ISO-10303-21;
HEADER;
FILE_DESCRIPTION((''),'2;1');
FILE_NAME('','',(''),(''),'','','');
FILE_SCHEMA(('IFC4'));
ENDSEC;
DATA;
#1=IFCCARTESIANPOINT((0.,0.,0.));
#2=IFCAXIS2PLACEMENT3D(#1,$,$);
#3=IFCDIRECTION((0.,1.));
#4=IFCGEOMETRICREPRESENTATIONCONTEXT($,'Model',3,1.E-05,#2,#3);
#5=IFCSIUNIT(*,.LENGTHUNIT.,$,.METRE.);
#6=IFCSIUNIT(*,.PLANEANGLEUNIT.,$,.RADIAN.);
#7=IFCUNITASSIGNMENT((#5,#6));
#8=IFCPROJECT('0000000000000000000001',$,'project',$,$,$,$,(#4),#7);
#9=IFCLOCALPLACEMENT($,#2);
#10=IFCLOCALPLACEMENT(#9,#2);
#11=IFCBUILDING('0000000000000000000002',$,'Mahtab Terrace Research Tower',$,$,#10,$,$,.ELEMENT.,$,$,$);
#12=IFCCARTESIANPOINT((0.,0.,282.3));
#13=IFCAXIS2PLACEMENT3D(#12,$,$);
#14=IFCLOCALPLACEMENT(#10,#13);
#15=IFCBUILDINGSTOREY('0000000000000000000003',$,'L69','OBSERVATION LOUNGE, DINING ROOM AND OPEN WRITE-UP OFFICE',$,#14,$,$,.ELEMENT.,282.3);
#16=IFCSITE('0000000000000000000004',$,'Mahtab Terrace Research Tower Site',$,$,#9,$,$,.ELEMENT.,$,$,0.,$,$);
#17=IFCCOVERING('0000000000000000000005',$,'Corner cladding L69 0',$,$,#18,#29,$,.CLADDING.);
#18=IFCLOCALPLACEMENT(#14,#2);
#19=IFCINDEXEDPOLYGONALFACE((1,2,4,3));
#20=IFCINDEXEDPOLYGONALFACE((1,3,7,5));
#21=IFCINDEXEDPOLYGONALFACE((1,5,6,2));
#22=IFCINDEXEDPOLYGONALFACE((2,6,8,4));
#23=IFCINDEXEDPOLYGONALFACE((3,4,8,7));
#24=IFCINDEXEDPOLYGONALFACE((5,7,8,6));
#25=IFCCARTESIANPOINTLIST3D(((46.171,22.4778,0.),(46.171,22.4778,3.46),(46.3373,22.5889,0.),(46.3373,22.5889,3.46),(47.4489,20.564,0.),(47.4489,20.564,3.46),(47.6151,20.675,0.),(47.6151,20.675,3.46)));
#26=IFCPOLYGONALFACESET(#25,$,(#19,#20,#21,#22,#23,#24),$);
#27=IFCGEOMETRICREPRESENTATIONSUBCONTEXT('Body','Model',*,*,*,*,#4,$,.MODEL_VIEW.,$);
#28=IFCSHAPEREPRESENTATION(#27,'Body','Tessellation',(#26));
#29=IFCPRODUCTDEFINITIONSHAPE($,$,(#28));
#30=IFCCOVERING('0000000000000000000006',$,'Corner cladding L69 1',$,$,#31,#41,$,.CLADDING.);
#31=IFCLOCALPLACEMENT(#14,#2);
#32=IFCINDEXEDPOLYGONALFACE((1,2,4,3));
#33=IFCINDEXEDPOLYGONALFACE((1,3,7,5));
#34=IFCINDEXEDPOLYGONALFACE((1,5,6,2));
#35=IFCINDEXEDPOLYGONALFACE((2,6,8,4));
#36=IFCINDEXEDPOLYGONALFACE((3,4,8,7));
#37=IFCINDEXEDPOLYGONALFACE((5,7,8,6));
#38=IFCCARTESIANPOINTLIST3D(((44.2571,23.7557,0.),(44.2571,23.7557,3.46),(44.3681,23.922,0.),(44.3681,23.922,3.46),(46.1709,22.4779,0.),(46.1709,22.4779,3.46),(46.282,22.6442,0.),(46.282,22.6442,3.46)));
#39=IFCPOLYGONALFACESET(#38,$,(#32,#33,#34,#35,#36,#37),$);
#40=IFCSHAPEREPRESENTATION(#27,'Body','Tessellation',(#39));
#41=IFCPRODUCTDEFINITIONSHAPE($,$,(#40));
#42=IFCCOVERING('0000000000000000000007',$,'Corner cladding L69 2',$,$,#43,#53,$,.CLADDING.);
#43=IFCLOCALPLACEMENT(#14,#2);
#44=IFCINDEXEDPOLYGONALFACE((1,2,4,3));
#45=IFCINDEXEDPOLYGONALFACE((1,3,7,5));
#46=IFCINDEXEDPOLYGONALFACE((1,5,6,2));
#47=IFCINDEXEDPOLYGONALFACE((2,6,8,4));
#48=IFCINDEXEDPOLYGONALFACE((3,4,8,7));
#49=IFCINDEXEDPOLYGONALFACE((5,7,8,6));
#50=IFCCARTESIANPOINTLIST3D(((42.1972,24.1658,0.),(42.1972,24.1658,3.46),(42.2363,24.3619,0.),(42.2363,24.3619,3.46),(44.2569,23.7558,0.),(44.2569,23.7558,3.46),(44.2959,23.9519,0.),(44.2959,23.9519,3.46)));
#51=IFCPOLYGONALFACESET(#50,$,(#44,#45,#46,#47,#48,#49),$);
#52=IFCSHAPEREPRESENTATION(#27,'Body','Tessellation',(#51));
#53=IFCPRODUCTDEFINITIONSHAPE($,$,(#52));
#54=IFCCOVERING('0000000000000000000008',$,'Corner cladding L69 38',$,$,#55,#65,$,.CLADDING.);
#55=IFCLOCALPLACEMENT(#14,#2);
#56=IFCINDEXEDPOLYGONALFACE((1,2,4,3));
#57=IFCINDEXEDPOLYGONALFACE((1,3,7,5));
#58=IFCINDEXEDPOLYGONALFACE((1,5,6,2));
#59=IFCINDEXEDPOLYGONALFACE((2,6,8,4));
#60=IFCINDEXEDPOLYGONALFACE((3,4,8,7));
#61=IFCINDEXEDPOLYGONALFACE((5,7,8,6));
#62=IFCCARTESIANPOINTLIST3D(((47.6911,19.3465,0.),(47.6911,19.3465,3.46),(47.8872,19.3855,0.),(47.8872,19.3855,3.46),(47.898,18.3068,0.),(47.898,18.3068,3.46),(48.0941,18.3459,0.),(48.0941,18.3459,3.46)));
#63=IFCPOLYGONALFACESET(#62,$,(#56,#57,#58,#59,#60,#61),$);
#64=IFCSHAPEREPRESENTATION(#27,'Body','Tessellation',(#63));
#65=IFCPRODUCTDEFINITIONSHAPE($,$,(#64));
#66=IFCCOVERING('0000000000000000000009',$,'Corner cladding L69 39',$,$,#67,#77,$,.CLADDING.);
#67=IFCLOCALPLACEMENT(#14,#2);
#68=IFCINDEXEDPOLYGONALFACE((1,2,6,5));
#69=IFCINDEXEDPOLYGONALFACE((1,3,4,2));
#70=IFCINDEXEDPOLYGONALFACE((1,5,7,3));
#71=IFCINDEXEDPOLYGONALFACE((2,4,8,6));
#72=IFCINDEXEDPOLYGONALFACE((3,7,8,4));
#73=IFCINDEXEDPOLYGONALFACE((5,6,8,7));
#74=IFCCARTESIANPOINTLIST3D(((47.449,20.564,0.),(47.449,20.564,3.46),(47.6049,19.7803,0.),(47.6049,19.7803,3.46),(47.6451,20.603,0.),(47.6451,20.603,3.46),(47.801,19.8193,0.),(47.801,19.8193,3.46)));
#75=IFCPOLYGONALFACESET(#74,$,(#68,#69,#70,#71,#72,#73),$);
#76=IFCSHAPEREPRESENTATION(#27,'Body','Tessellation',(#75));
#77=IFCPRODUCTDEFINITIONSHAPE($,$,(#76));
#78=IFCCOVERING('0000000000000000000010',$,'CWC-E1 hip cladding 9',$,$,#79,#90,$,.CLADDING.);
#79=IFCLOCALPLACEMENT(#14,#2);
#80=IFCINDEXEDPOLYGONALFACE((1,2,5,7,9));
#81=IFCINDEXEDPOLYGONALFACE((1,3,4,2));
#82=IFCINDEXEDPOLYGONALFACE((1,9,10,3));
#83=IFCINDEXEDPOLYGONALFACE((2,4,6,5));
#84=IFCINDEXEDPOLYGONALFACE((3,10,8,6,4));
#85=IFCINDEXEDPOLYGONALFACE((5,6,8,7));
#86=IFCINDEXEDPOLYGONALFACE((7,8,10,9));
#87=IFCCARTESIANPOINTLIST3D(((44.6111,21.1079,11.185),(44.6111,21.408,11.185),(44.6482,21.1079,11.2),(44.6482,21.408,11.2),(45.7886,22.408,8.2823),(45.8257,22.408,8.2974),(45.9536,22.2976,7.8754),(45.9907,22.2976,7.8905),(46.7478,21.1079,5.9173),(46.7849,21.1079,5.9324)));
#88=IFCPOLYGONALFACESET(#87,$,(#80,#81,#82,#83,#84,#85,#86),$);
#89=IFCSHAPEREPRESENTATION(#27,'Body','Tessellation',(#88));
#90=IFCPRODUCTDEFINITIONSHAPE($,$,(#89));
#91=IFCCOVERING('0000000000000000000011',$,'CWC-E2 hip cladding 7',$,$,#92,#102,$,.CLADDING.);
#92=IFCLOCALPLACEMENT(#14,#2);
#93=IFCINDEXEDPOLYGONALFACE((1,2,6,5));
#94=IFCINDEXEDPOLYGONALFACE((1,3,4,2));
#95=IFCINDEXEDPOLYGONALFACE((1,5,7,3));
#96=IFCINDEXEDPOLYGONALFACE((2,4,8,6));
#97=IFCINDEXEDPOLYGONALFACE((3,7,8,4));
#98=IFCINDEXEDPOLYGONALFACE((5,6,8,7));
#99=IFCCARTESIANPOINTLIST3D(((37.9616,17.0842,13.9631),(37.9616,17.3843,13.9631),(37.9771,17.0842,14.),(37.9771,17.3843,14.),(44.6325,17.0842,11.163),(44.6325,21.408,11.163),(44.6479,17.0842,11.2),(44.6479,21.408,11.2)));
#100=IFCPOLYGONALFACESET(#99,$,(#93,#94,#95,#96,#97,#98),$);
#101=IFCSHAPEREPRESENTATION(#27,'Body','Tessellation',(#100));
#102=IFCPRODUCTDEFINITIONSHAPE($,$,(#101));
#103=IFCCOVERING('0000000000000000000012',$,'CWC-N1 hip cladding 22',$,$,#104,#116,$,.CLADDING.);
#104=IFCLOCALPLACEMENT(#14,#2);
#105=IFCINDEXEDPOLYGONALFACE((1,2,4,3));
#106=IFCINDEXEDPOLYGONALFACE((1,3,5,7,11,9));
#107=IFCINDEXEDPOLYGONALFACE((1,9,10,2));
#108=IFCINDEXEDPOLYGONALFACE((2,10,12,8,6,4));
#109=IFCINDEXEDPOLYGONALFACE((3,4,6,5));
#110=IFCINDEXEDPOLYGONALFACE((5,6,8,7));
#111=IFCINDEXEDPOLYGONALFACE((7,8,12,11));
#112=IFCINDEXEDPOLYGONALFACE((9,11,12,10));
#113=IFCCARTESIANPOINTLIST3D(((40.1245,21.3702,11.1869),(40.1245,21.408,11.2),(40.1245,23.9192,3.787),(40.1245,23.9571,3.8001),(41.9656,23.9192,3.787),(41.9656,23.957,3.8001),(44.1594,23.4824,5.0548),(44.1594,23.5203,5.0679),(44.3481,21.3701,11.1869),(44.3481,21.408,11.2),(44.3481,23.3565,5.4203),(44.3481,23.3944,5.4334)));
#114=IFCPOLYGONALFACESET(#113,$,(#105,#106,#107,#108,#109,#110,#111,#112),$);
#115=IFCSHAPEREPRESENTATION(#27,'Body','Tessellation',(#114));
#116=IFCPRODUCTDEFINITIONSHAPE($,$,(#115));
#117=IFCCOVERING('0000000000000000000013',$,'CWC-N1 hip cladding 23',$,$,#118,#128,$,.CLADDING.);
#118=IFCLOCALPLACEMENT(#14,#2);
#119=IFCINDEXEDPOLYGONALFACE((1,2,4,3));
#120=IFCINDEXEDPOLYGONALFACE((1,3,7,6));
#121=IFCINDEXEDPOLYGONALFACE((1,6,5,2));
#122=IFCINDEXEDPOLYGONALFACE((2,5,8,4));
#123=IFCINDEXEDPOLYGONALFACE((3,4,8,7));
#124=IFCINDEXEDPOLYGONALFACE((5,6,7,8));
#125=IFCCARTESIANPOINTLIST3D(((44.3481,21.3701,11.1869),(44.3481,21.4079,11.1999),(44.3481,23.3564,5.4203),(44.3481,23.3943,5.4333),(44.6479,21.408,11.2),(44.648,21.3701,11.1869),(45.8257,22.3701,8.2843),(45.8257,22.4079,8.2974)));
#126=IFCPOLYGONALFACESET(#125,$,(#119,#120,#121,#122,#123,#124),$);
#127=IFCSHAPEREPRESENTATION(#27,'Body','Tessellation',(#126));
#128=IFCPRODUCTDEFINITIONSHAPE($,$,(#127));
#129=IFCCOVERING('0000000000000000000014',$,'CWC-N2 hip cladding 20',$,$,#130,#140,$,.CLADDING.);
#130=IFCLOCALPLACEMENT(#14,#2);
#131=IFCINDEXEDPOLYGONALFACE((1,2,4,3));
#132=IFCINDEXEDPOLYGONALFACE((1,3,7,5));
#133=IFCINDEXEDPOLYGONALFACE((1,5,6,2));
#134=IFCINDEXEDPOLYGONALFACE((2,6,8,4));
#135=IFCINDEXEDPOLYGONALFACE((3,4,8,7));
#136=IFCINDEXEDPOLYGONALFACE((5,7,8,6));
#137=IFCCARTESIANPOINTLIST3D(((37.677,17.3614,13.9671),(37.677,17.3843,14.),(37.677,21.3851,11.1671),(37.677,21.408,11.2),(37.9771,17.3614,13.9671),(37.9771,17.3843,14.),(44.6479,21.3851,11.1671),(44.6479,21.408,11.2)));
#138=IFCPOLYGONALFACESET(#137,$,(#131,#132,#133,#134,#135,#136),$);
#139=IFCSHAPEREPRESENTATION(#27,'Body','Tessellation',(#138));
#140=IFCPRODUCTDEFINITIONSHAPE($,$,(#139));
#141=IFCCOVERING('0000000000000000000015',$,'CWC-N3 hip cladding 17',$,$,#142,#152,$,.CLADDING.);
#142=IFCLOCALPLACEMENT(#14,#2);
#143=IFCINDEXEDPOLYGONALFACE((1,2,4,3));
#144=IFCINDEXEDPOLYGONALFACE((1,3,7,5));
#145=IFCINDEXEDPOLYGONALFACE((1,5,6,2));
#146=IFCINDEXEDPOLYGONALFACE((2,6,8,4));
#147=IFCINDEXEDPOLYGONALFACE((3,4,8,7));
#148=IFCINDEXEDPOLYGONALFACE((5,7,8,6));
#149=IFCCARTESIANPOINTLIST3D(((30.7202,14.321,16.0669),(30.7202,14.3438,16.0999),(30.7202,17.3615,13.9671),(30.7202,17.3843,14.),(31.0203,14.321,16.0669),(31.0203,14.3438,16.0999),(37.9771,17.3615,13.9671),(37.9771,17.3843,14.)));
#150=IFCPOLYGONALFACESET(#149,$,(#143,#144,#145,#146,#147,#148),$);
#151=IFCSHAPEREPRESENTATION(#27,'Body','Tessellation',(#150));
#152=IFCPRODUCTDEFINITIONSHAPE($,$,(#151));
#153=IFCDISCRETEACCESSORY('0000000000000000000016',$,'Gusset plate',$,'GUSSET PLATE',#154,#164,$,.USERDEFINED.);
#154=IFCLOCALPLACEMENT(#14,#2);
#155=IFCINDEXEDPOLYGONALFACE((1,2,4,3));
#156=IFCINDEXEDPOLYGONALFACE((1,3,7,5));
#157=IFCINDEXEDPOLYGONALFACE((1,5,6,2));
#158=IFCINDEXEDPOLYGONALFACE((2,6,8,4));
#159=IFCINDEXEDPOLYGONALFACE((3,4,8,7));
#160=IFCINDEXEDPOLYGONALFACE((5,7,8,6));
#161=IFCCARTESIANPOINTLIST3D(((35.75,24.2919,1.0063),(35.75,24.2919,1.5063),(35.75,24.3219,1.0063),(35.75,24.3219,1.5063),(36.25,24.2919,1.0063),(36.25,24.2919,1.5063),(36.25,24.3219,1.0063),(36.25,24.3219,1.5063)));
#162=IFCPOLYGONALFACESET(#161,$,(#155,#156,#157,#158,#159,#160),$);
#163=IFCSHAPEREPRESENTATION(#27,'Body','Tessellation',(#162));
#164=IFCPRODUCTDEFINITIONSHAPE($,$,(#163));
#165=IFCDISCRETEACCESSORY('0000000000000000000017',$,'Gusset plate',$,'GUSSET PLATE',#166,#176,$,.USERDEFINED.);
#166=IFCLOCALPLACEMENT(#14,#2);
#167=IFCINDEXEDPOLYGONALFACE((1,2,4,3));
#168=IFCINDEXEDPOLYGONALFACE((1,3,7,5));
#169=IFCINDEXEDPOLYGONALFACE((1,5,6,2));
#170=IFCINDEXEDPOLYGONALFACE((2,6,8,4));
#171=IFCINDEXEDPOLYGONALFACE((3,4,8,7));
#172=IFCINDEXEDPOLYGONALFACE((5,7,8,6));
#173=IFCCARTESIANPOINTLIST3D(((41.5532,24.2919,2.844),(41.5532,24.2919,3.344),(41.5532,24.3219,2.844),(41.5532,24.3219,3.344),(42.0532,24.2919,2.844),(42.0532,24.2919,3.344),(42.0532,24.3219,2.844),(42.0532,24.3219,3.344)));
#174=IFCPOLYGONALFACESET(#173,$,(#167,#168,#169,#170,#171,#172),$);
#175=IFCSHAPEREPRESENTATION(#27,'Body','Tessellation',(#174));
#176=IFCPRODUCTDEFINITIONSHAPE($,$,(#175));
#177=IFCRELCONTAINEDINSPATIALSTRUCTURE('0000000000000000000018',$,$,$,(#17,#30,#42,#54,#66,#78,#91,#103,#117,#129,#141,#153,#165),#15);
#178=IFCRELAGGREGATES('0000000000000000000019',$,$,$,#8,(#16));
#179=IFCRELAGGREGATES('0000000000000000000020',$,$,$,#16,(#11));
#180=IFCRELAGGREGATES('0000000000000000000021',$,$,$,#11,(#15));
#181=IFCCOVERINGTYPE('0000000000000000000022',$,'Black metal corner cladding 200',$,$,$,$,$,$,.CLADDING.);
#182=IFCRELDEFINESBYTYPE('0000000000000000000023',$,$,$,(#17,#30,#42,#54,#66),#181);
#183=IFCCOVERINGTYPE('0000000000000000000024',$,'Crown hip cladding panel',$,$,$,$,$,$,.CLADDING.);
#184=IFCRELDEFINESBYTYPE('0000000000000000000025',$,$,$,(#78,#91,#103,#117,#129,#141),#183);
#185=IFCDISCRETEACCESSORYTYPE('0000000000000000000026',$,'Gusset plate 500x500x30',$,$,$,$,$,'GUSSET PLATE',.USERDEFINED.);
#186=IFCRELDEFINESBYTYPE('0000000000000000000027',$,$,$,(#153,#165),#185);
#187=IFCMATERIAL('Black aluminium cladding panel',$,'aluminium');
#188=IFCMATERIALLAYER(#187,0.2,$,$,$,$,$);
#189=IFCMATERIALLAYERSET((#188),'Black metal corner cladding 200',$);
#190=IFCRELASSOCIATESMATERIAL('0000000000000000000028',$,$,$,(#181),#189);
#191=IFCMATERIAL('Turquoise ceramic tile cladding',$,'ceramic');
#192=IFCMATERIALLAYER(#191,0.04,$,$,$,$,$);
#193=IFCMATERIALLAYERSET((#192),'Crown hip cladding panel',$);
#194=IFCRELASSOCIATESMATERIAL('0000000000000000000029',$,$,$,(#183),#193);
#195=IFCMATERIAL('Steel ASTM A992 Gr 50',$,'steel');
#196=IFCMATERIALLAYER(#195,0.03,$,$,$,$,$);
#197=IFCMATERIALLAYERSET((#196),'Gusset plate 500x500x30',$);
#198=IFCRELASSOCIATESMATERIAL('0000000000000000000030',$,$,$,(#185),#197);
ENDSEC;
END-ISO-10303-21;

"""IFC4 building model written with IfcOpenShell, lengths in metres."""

from ifc_helpers import new_model, si_unit, direction, frame, origin, origin_2d, place, context, subcontext, project, spatial, polyline, rectangle, outline, extrude, material, layer, layer_set, type_object, element, save


model = new_model("IFC4")

# Units and contexts
model_context = context("Model", 3, precision=1e-05, world=origin(), true_north=direction((0.0, 1.0)))
body_context = subcontext(model_context, "Body", "Model", "MODEL_VIEW")
ifc_project = project(units=[si_unit("LENGTHUNIT", "METRE"), si_unit("PLANEANGLEUNIT", "RADIAN")], contexts=[model_context])

# Site, building, storey
site_placement = place(None, origin())
site = spatial("IfcSite", under=ifc_project, at=site_placement, Name="Mahtab Terrace Research Tower Site", CompositionType="ELEMENT", RefElevation=0.0)
building_placement = place(site_placement, origin())
building = spatial("IfcBuilding", under=site, at=building_placement, Name="Mahtab Terrace Research Tower", CompositionType="ELEMENT")
storey_placement = place(building_placement, frame((0.0, 0.0, 282.3)))
storey = spatial("IfcBuildingStorey", under=building, at=storey_placement, Name="L69", Description="OBSERVATION LOUNGE, DINING ROOM AND OPEN WRITE-UP OFFICE", CompositionType="ELEMENT", Elevation=282.3)

# Shared definitions
ifc_material_1 = material(Name="Steel ASTM A992 Gr 50", Category="steel")

# Shared definitions
ifc_material_2 = material(Name="Black aluminium cladding panel", Category="aluminium")

# Coverings
ifc_layer_1 = layer(ifc_material_2, 0.2)
ifc_layer_set_1 = layer_set([ifc_layer_1], Name="Black metal corner cladding 200")
covering_type_1 = type_object("IfcCoveringType", Name="Black metal corner cladding 200", PredefinedType="CLADDING", material=ifc_layer_set_1)
for number, where, z_axis, x_axis, name in (
    (1, (46.8931, 21.5764, 0.0), (0.0, 0.0, 1.0), (-0.555291, 0.831656, 0.0), "Corner cladding L69 0"),
    (2, (45.2695, 23.2, 0.0), (0.0, 0.0, 1.0), (-0.831656, 0.555291, 0.0), "Corner cladding L69 1"),
):
    element("IfcCovering", number, at=place(storey_placement, frame(where, z_axis=z_axis, x_axis=x_axis)), inside=storey, type_object=covering_type_1, Name=name, PredefinedType="CLADDING", context=body_context, shape_type="SweptSolid", body=[
        extrude(rectangle(XDim=2.3013, YDim=0.2, at=origin_2d()), origin(), (0.0, 0.0, 1.0), 3.46),
    ])
covering_1_placement = place(storey_placement, frame((43.2466, 24.0588, 0.0), z_axis=(0.0, 0.0, 1.0), x_axis=(-0.980761, 0.195212, 0.0)))
element("IfcCovering", 3, at=covering_1_placement, inside=storey, type_object=covering_type_1, Name="Corner cladding L69 2", PredefinedType="CLADDING", context=body_context, shape_type="SweptSolid", body=[
    extrude(rectangle(XDim=2.1001, YDim=0.2, at=origin_2d()), origin(), (0.0, 0.0, 1.0), 3.46),
])
covering_2_placement = place(storey_placement, frame((47.8926, 18.8462, 0.0), z_axis=(0.0, 0.0, 1.0), x_axis=(-0.195212, 0.980761, 0.0)))
element("IfcCovering", 4, at=covering_2_placement, inside=storey, type_object=covering_type_1, Name="Corner cladding L69 38", PredefinedType="CLADDING", context=body_context, shape_type="SweptSolid", body=[
    extrude(rectangle(XDim=1.0601, YDim=0.2, at=origin_2d()), origin(), (0.0, 0.0, 1.0), 3.46),
])
covering_3_placement = place(storey_placement, frame((47.625, 20.1917, 0.0), z_axis=(0.0, 0.0, 1.0), x_axis=(-0.195212, 0.980761, 0.0)))
element("IfcCovering", 5, at=covering_3_placement, inside=storey, type_object=covering_type_1, Name="Corner cladding L69 39", PredefinedType="CLADDING", context=body_context, shape_type="SweptSolid", body=[
    extrude(rectangle(XDim=0.7991, YDim=0.2, at=origin_2d()), origin(), (0.0, 0.0, 1.0), 3.46),
])
ifc_material_3 = material(Name="Turquoise ceramic tile cladding", Category="ceramic")
ifc_layer_2 = layer(ifc_material_3, 0.04)
ifc_layer_set_2 = layer_set([ifc_layer_2], Name="Crown hip cladding panel")
covering_type_2 = type_object("IfcCoveringType", Name="Crown hip cladding panel", PredefinedType="CLADDING", material=ifc_layer_set_2)
covering_4_placement = place(storey_placement, frame((45.8257, 22.408, 8.2974), z_axis=(0.926663, -0.00005, 0.375894), x_axis=(0.364545, -0.243744, -0.898719)))
element("IfcCovering", 6, at=covering_4_placement, inside=storey, type_object=covering_type_2, Name="CWC-E1 hip cladding 9", PredefinedType="CLADDING", context=body_context, shape_type="SweptSolid", body=[
    extrude(outline(polyline([(0.0, 0.0), (0.4527, 0.0), (2.792, -0.6388), (-2.7211, -2.0243), (-2.7942, -1.7333), (0.0, 0.0)])), origin(), (0.0, 0.0, -1.0), 0.04),
])
covering_5_placement = place(storey_placement, frame((37.9771, 17.3843, 14.0), z_axis=(0.387029, 0.0, 0.922067), x_axis=(0.805824, 0.486048, -0.338237)))
element("IfcCovering", 7, at=covering_5_placement, inside=storey, type_object=covering_type_2, Name="CWC-E2 hip cladding 7", PredefinedType="CLADDING", context=body_context, shape_type="SweptSolid", body=[
    extrude(outline(polyline([(0.0, 0.0), (8.2784, 0.0), (6.1768, -3.7786), (-0.1458, -0.2622), (0.0, 0.0)])), origin(), (0.0, 0.0, -1.0), 0.04),
])
covering_6_placement = place(storey_placement, frame((44.3481, 21.408, 11.2), z_axis=(0.000012, 0.945477, 0.32569), x_axis=(-1.0, 0.000012, 0.000004)))
element("IfcCovering", 8, at=covering_6_placement, inside=storey, type_object=covering_type_2, Name="CWC-N1 hip cladding 22", PredefinedType="CLADDING", context=body_context, shape_type="SweptSolid", body=[
    extrude(outline(polyline([(0.0, 0.0), (4.2236, 0.0), (4.2236, -7.8266), (2.3826, -7.8266), (0.1887, -6.4857), (0.0, -6.0991), (0.0, 0.0)])), origin(), (0.0, 0.0, -1.0), 0.04),
])
covering_7_placement = place(storey_placement, frame((44.6479, 21.408, 11.2), z_axis=(-0.000112, 0.94548, 0.32568), x_axis=(-1.0, -0.000106, -0.000036)))
element("IfcCovering", 9, at=covering_7_placement, inside=storey, type_object=covering_type_2, Name="CWC-N1 hip cladding 23", PredefinedType="CLADDING", context=body_context, shape_type="SweptSolid", body=[
    extrude(outline(polyline([(0.0, 0.0), (0.2998, 0.0), (0.2998, -6.0991), (-1.1777, -3.07), (0.0, 0.0)])), origin(), (0.0, 0.0, -1.0), 0.04),
])
covering_8_placement = place(storey_placement, frame((44.6479, 21.408, 11.2), z_axis=(0.0, 0.571197, 0.820813), x_axis=(-0.805824, -0.486048, 0.338237)))
element("IfcCovering", 10, at=covering_8_placement, inside=storey, type_object=covering_type_2, Name="CWC-N2 hip cladding 20", PredefinedType="CLADDING", context=body_context, shape_type="SweptSolid", body=[
    extrude(outline(polyline([(0.0, 0.0), (8.2784, 0.0), (8.5201, -0.1777), (5.6174, -4.1279), (0.0, 0.0)])), origin(), (0.0, 0.0, -1.0), 0.04),
])
covering_9_placement = place(storey_placement, frame((37.9771, 17.3843, 14.0), z_axis=(0.0, 0.568272, 0.822841), x_axis=(-0.883149, -0.385988, 0.266572)))
element("IfcCovering", 11, at=covering_9_placement, inside=storey, type_object=covering_type_2, Name="CWC-N3 hip cladding 17", PredefinedType="CLADDING", context=body_context, shape_type="SweptSolid", body=[
    extrude(outline(polyline([(0.0, 0.0), (7.8773, 0.0), (8.1422, -0.1408), (6.4089, -3.4041), (0.0, 0.0)])), origin(), (0.0, 0.0, -1.0), 0.04),
])

# Discrete accessories
ifc_layer_3 = layer(ifc_material_1, 0.03)
ifc_layer_set_3 = layer_set([ifc_layer_3], Name="Gusset plate 500x500x30")
discrete_accessory_type = type_object("IfcDiscreteAccessoryType", Name="Gusset plate 500x500x30", ElementType="GUSSET PLATE", PredefinedType="USERDEFINED", material=ifc_layer_set_3)
for number, where, z_axis, x_axis, name in (
    (12, (36.0, 24.3069, 1.0063), (0.0, 0.0, 1.0), (1.0, 0.0, 0.0), "Gusset plate"),
    (13, (41.8032, 24.3069, 2.844), (0.0, 0.0, 1.0), (1.0, 0.0, 0.0), "Gusset plate"),
):
    element("IfcDiscreteAccessory", number, at=place(storey_placement, frame(where, z_axis=z_axis, x_axis=x_axis)), inside=storey, type_object=discrete_accessory_type, Name=name, ObjectType="GUSSET PLATE", PredefinedType="USERDEFINED", context=body_context, shape_type="SweptSolid", body=[
        extrude(rectangle(XDim=0.5, YDim=0.03, at=origin_2d()), origin(), (0.0, 0.0, 1.0), 0.5),
    ])

save(model, "model.ifc")
